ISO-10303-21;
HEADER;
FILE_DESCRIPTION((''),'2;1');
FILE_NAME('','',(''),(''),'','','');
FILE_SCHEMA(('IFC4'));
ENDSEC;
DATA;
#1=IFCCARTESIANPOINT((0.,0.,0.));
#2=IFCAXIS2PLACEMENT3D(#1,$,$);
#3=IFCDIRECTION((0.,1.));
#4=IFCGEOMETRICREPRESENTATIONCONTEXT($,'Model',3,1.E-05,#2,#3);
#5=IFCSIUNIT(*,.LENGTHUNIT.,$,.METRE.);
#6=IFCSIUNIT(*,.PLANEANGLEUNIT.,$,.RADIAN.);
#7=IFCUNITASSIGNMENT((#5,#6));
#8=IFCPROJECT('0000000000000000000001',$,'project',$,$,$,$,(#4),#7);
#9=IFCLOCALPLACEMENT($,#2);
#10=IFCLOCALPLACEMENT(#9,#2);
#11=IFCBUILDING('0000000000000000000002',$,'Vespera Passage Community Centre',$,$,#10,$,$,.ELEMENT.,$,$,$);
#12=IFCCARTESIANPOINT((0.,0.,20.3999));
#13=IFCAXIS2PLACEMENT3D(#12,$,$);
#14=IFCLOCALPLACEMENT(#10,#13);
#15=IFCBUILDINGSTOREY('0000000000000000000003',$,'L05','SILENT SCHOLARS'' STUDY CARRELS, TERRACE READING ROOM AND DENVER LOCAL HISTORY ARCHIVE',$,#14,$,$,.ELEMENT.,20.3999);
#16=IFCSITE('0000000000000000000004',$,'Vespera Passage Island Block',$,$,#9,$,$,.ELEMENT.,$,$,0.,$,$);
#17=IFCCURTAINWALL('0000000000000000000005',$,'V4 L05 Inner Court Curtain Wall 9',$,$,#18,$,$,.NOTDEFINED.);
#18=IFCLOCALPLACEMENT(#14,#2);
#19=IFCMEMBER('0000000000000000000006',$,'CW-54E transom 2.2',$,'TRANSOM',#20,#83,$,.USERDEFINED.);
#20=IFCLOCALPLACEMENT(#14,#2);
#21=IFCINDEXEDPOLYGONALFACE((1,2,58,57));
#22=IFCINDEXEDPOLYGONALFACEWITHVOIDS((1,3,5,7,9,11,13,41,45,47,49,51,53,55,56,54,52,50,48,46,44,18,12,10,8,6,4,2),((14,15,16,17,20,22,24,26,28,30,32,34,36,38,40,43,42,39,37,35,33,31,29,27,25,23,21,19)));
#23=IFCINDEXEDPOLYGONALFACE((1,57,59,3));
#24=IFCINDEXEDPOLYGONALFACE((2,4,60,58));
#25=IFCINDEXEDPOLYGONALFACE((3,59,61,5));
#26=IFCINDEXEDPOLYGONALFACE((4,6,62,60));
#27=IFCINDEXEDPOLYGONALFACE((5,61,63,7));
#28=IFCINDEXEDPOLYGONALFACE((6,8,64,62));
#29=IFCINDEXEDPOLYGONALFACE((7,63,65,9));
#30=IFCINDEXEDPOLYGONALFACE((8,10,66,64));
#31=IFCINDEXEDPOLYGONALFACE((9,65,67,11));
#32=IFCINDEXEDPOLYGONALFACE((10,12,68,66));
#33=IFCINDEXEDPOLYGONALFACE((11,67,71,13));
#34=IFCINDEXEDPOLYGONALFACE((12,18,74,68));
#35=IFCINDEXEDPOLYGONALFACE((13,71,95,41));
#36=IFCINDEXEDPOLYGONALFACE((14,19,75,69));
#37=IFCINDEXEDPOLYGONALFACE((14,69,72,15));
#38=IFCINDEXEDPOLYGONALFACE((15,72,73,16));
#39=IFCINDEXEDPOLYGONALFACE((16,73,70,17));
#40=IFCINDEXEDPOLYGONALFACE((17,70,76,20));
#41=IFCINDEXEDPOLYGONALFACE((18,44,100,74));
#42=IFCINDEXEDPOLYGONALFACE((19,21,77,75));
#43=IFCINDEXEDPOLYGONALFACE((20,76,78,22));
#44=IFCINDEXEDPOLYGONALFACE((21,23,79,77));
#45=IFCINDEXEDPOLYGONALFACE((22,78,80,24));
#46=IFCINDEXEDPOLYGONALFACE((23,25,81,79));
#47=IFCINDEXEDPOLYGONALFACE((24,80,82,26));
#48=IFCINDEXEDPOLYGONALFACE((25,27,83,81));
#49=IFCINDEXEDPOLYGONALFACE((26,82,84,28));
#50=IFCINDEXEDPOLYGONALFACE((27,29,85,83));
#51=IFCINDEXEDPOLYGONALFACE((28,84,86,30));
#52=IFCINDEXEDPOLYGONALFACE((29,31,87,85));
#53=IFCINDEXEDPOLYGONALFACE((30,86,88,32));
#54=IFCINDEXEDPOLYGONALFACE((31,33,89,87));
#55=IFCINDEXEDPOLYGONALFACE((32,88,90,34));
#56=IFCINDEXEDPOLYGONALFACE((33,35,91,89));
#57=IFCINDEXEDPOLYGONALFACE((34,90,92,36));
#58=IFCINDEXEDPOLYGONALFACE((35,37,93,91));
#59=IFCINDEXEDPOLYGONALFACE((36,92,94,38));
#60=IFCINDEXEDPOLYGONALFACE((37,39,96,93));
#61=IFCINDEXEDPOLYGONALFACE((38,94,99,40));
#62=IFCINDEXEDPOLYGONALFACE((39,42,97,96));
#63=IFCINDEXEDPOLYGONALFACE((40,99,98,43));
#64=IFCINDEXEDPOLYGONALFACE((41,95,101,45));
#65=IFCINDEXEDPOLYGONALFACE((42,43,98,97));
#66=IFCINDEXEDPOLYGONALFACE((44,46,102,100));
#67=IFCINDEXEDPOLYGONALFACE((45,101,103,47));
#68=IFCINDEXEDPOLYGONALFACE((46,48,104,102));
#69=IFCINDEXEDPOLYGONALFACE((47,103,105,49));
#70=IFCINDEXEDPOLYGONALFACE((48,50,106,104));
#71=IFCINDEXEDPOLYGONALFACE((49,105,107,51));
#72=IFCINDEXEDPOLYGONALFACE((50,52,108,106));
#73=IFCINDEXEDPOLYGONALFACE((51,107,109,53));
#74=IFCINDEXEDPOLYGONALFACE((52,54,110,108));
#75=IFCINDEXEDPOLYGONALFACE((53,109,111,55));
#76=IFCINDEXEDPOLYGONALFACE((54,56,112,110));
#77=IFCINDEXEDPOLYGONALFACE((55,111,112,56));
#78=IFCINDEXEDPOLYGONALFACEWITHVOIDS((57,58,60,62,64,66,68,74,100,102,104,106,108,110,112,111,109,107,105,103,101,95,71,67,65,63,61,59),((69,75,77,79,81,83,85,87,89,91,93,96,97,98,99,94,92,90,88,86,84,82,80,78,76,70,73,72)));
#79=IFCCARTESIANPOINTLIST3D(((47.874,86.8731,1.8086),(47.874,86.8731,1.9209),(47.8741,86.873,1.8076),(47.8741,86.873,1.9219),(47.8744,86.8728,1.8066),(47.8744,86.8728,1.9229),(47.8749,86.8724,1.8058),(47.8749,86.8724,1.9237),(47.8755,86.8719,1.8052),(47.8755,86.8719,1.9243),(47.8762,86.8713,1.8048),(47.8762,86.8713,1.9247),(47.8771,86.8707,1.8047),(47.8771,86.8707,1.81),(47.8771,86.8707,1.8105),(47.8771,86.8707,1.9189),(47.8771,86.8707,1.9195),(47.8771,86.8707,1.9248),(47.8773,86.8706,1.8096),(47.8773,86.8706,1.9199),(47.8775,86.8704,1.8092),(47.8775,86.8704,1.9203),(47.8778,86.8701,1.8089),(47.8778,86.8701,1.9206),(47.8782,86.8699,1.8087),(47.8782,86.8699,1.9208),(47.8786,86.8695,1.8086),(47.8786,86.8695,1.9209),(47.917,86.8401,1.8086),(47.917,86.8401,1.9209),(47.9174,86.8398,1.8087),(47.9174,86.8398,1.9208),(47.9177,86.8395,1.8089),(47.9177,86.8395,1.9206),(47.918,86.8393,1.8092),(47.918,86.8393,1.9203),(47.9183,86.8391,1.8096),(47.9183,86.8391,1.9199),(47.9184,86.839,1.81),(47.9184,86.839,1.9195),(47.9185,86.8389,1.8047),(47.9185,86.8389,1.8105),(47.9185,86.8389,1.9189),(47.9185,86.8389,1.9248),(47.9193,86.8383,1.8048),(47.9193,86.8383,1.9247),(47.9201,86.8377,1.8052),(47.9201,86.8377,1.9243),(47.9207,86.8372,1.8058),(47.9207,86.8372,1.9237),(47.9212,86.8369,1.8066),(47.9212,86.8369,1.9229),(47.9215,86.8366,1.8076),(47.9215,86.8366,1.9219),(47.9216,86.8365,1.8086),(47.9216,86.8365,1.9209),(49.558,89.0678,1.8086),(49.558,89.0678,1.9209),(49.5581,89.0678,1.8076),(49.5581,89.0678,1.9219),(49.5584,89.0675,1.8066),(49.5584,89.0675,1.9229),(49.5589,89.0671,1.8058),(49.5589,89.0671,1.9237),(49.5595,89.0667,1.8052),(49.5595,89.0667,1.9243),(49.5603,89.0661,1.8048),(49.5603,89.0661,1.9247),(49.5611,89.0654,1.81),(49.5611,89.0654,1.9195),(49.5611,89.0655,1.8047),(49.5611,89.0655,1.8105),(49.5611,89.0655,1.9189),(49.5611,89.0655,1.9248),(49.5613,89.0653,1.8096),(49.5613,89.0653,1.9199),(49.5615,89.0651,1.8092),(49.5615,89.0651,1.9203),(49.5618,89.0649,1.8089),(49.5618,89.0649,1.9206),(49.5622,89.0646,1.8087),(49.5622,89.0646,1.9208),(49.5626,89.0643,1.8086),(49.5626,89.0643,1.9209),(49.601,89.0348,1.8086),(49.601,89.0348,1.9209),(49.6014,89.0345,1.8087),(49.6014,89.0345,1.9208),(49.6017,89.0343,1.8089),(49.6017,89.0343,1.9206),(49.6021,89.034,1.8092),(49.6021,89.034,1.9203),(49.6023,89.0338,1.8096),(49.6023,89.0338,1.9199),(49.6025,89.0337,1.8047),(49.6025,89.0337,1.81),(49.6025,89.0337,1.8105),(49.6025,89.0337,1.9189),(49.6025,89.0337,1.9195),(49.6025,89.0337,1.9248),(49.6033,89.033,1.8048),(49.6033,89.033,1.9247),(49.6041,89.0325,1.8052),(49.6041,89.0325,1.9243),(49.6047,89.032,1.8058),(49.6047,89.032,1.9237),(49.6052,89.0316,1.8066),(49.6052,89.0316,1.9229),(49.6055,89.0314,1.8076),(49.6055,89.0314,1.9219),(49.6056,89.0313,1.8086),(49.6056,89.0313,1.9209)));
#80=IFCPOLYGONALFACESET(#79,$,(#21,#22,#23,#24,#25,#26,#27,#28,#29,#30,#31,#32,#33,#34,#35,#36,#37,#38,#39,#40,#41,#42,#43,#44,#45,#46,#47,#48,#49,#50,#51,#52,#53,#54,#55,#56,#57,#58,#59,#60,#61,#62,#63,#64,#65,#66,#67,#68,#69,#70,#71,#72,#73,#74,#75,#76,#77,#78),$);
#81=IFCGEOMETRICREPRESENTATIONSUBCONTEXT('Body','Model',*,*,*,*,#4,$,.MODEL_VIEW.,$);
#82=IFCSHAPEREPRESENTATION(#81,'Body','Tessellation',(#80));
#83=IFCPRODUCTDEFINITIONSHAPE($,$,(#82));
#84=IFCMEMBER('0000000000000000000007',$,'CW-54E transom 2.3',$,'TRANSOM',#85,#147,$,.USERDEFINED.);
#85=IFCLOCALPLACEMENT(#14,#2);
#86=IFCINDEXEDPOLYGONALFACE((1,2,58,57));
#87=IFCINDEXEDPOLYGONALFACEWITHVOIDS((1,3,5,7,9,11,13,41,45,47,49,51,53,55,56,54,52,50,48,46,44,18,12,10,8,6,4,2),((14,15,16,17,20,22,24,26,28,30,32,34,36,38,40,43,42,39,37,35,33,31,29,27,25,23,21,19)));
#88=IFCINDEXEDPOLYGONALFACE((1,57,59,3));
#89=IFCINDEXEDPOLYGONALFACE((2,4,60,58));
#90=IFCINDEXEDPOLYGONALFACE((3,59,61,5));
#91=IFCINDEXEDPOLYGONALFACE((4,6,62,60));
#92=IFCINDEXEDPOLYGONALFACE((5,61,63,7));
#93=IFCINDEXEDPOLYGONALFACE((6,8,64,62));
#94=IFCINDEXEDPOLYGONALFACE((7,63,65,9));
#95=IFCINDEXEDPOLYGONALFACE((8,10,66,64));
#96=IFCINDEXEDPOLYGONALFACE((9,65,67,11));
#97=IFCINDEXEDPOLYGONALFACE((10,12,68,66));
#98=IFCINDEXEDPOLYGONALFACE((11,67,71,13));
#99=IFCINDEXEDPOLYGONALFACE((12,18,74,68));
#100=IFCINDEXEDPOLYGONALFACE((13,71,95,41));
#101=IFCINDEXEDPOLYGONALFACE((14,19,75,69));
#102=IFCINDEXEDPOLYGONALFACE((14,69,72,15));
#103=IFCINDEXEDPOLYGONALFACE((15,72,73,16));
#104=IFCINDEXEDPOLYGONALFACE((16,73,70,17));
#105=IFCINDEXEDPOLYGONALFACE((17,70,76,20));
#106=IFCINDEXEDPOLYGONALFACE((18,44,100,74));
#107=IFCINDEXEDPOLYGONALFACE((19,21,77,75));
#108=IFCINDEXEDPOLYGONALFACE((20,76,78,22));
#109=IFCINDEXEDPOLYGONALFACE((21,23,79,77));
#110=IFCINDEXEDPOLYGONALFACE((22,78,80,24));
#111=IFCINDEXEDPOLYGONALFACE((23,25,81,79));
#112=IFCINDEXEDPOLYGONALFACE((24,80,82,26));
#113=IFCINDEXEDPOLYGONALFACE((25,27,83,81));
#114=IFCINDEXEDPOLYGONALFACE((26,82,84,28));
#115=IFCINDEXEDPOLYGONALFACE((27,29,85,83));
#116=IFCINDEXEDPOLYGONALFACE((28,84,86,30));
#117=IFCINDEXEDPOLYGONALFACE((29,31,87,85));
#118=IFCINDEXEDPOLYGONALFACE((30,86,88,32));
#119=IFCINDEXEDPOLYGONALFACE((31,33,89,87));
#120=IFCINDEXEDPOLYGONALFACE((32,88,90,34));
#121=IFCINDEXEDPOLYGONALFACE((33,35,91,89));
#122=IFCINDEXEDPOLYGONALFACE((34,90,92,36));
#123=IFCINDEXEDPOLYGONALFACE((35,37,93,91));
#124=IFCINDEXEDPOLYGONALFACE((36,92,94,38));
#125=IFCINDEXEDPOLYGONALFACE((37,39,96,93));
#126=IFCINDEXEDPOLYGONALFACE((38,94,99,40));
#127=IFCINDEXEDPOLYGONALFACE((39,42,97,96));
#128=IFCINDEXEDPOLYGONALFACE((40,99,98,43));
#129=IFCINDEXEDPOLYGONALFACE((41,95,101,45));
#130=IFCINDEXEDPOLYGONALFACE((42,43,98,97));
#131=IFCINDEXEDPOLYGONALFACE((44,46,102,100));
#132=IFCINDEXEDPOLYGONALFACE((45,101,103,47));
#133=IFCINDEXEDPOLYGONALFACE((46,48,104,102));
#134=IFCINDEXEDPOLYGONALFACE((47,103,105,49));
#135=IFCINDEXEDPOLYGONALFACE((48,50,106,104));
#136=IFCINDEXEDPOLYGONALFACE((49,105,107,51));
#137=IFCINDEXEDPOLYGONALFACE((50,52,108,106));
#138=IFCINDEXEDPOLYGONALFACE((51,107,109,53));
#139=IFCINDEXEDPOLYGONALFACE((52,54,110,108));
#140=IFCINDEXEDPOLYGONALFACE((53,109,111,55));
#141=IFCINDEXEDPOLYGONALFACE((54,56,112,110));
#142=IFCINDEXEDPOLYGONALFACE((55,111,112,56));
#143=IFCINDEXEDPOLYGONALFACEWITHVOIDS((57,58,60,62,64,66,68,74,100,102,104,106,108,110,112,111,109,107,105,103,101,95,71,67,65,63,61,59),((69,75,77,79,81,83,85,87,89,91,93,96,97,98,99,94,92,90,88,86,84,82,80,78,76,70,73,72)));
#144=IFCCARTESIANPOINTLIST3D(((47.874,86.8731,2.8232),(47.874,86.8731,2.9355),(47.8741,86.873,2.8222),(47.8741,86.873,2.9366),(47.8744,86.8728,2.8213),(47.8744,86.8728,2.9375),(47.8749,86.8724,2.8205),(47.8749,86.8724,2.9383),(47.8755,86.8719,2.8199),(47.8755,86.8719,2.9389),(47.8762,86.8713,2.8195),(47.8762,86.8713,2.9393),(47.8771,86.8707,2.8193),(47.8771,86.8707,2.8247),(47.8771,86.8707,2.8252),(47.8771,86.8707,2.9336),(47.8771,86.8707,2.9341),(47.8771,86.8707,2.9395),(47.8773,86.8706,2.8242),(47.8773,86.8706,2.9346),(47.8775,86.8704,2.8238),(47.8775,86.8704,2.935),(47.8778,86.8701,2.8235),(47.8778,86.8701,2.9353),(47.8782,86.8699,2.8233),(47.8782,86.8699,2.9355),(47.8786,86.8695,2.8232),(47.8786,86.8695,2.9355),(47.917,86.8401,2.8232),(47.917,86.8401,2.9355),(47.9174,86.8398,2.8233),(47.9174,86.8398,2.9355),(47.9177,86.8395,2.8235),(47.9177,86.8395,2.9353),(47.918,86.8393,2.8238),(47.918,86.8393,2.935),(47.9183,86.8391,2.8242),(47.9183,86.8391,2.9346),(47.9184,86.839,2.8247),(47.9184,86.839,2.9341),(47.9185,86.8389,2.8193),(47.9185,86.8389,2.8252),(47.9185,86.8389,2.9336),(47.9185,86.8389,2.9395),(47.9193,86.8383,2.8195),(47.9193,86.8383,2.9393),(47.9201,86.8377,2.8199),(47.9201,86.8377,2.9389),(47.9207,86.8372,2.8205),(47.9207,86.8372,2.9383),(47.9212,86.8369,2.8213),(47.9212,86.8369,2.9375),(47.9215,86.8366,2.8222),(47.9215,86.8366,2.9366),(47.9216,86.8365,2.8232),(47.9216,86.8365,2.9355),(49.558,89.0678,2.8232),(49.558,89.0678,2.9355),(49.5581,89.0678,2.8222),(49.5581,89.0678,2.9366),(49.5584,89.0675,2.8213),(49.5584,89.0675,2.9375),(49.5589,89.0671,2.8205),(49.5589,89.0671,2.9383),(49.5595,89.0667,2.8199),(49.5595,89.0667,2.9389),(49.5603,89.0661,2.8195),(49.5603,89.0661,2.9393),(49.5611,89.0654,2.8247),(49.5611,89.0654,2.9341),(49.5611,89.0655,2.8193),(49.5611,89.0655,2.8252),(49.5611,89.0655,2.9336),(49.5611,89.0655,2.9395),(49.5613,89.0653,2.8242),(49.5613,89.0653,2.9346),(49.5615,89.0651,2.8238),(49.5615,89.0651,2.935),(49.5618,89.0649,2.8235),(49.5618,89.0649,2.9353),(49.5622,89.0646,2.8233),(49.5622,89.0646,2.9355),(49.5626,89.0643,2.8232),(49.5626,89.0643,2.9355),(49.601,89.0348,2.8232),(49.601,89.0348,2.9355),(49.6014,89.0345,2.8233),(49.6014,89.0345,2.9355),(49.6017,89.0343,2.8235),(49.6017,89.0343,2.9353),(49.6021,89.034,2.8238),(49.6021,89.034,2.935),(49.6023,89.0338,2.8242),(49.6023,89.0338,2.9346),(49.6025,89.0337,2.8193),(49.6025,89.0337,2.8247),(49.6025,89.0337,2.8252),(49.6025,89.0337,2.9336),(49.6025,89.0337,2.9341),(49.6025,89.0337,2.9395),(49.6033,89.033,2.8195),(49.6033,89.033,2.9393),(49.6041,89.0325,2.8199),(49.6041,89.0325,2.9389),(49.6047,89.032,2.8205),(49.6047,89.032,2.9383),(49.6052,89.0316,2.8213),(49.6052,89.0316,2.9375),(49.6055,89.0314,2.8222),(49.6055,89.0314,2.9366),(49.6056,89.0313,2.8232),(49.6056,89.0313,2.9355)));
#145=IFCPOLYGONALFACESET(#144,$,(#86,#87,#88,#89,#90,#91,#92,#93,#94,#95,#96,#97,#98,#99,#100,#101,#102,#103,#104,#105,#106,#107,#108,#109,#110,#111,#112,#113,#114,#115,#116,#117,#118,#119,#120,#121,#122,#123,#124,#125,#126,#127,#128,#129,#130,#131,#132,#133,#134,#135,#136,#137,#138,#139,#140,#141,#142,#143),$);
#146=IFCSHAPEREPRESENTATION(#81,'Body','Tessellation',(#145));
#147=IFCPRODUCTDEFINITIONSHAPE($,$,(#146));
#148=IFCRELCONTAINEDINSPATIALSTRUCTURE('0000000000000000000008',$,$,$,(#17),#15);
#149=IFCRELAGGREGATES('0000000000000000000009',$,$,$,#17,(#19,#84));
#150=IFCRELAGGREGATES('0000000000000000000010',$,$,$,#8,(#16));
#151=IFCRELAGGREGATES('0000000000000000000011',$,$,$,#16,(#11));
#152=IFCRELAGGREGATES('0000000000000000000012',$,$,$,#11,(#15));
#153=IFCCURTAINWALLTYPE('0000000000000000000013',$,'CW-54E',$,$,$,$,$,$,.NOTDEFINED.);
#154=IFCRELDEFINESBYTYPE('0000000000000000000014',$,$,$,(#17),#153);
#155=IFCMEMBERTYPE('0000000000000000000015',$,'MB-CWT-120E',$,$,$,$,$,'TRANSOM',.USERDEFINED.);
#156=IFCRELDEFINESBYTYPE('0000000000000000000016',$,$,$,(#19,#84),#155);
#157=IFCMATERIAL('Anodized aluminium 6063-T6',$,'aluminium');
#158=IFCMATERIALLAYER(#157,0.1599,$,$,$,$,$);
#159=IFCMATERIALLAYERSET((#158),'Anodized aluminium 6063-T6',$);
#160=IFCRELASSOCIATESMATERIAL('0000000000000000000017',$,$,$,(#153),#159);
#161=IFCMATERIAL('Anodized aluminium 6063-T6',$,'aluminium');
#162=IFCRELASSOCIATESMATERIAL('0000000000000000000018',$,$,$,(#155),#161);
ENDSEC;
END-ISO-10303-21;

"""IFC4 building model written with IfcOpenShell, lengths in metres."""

from ifc_helpers import new_model, si_unit, direction, frame, origin, origin_2d, place, context, subcontext, project, spatial, hollow_rectangle, extrude, material, layer, layer_set, material_profile, profile_set, type_object, element, aggregate, save


model = new_model("IFC4")

# Units and contexts
model_context = context("Model", 3, precision=1e-05, world=origin(), true_north=direction((0.0, 1.0)))
body_context = subcontext(model_context, "Body", "Model", "MODEL_VIEW")
ifc_project = project(units=[si_unit("LENGTHUNIT", "METRE"), si_unit("PLANEANGLEUNIT", "RADIAN")], contexts=[model_context])

# Site, building, storey
site_placement = place(None, origin())
site = spatial("IfcSite", under=ifc_project, at=site_placement, Name="Vespera Passage Island Block", CompositionType="ELEMENT", RefElevation=0.0)
building_placement = place(site_placement, origin())
building = spatial("IfcBuilding", under=site, at=building_placement, Name="Vespera Passage Community Centre", CompositionType="ELEMENT")
storey_placement = place(building_placement, frame((0.0, 0.0, 20.3999)))
storey = spatial("IfcBuildingStorey", under=building, at=storey_placement, Name="L05", Description="SILENT SCHOLARS' STUDY CARRELS, TERRACE READING ROOM AND DENVER LOCAL HISTORY ARCHIVE", CompositionType="ELEMENT", Elevation=20.3999)

# Curtain wall, members
ifc_material_1 = material(Name="Anodized aluminium 6063-T6", Category="aluminium")
ifc_layer_1 = layer(ifc_material_1, 0.1599)
ifc_layer_set_1 = layer_set([ifc_layer_1], Name="Anodized aluminium 6063-T6")
curtain_wall_type = type_object("IfcCurtainWallType", Name="CW-54E", PredefinedType="NOTDEFINED", material=ifc_layer_set_1)
curtain_wall_placement = place(storey_placement, origin())
curtain_wall = element("IfcCurtainWall", 1, at=curtain_wall_placement, inside=storey, type_object=curtain_wall_type, Name="V4 L05 Inner Court Curtain Wall 9", PredefinedType="NOTDEFINED")
ifc_material_2 = material(Name="Anodized aluminium 6063-T6", Category="aluminium")
ifc_material_profile_1 = material_profile(ifc_material_2, hollow_rectangle(XDim=0.0601, YDim=0.1201, WallThickness=0.0039, InnerFilletRadius=0.002, OuterFilletRadius=0.0039, at=origin_2d()), Name="ALU120X60X4")
ifc_profile_set_1 = profile_set([ifc_material_profile_1], Name="Anodized aluminium 6063-T6")
member_type_1 = type_object("IfcMemberType", Name="MB-CWT-120E", ElementType="TRANSOM", PredefinedType="USERDEFINED", material=ifc_profile_set_1)
member_1_placement = place(storey_placement, frame((49.5818, 89.0496, 1.8647), z_axis=(-0.608746, -0.793365, 0.0), x_axis=(0.793365, -0.608746, 0.0)))
member_1 = element("IfcMember", 2, at=member_1_placement, type_object=member_type_1, Name="CW-54E transom 2.2", ObjectType="TRANSOM", PredefinedType="USERDEFINED", context=body_context, shape_type="SweptSolid", body=[
    extrude(hollow_rectangle(XDim=0.0601, YDim=0.1201, WallThickness=0.0039, InnerFilletRadius=0.002, OuterFilletRadius=0.0039, at=origin_2d()), origin(), (0.0, 0.0, 1.0), 2.7664),
])
member_2_placement = place(storey_placement, frame((49.5818, 89.0496, 2.8794), z_axis=(-0.608746, -0.793365, 0.0), x_axis=(0.793365, -0.608746, 0.0)))
member_2 = element("IfcMember", 3, at=member_2_placement, type_object=member_type_1, Name="CW-54E transom 2.3", ObjectType="TRANSOM", PredefinedType="USERDEFINED", context=body_context, shape_type="SweptSolid", body=[
    extrude(hollow_rectangle(XDim=0.0601, YDim=0.1201, WallThickness=0.0039, InnerFilletRadius=0.002, OuterFilletRadius=0.0039, at=origin_2d()), origin(), (0.0, 0.0, 1.0), 2.7664),
])
aggregate(curtain_wall, [member_1, member_2])

save(model, "model.ifc")
